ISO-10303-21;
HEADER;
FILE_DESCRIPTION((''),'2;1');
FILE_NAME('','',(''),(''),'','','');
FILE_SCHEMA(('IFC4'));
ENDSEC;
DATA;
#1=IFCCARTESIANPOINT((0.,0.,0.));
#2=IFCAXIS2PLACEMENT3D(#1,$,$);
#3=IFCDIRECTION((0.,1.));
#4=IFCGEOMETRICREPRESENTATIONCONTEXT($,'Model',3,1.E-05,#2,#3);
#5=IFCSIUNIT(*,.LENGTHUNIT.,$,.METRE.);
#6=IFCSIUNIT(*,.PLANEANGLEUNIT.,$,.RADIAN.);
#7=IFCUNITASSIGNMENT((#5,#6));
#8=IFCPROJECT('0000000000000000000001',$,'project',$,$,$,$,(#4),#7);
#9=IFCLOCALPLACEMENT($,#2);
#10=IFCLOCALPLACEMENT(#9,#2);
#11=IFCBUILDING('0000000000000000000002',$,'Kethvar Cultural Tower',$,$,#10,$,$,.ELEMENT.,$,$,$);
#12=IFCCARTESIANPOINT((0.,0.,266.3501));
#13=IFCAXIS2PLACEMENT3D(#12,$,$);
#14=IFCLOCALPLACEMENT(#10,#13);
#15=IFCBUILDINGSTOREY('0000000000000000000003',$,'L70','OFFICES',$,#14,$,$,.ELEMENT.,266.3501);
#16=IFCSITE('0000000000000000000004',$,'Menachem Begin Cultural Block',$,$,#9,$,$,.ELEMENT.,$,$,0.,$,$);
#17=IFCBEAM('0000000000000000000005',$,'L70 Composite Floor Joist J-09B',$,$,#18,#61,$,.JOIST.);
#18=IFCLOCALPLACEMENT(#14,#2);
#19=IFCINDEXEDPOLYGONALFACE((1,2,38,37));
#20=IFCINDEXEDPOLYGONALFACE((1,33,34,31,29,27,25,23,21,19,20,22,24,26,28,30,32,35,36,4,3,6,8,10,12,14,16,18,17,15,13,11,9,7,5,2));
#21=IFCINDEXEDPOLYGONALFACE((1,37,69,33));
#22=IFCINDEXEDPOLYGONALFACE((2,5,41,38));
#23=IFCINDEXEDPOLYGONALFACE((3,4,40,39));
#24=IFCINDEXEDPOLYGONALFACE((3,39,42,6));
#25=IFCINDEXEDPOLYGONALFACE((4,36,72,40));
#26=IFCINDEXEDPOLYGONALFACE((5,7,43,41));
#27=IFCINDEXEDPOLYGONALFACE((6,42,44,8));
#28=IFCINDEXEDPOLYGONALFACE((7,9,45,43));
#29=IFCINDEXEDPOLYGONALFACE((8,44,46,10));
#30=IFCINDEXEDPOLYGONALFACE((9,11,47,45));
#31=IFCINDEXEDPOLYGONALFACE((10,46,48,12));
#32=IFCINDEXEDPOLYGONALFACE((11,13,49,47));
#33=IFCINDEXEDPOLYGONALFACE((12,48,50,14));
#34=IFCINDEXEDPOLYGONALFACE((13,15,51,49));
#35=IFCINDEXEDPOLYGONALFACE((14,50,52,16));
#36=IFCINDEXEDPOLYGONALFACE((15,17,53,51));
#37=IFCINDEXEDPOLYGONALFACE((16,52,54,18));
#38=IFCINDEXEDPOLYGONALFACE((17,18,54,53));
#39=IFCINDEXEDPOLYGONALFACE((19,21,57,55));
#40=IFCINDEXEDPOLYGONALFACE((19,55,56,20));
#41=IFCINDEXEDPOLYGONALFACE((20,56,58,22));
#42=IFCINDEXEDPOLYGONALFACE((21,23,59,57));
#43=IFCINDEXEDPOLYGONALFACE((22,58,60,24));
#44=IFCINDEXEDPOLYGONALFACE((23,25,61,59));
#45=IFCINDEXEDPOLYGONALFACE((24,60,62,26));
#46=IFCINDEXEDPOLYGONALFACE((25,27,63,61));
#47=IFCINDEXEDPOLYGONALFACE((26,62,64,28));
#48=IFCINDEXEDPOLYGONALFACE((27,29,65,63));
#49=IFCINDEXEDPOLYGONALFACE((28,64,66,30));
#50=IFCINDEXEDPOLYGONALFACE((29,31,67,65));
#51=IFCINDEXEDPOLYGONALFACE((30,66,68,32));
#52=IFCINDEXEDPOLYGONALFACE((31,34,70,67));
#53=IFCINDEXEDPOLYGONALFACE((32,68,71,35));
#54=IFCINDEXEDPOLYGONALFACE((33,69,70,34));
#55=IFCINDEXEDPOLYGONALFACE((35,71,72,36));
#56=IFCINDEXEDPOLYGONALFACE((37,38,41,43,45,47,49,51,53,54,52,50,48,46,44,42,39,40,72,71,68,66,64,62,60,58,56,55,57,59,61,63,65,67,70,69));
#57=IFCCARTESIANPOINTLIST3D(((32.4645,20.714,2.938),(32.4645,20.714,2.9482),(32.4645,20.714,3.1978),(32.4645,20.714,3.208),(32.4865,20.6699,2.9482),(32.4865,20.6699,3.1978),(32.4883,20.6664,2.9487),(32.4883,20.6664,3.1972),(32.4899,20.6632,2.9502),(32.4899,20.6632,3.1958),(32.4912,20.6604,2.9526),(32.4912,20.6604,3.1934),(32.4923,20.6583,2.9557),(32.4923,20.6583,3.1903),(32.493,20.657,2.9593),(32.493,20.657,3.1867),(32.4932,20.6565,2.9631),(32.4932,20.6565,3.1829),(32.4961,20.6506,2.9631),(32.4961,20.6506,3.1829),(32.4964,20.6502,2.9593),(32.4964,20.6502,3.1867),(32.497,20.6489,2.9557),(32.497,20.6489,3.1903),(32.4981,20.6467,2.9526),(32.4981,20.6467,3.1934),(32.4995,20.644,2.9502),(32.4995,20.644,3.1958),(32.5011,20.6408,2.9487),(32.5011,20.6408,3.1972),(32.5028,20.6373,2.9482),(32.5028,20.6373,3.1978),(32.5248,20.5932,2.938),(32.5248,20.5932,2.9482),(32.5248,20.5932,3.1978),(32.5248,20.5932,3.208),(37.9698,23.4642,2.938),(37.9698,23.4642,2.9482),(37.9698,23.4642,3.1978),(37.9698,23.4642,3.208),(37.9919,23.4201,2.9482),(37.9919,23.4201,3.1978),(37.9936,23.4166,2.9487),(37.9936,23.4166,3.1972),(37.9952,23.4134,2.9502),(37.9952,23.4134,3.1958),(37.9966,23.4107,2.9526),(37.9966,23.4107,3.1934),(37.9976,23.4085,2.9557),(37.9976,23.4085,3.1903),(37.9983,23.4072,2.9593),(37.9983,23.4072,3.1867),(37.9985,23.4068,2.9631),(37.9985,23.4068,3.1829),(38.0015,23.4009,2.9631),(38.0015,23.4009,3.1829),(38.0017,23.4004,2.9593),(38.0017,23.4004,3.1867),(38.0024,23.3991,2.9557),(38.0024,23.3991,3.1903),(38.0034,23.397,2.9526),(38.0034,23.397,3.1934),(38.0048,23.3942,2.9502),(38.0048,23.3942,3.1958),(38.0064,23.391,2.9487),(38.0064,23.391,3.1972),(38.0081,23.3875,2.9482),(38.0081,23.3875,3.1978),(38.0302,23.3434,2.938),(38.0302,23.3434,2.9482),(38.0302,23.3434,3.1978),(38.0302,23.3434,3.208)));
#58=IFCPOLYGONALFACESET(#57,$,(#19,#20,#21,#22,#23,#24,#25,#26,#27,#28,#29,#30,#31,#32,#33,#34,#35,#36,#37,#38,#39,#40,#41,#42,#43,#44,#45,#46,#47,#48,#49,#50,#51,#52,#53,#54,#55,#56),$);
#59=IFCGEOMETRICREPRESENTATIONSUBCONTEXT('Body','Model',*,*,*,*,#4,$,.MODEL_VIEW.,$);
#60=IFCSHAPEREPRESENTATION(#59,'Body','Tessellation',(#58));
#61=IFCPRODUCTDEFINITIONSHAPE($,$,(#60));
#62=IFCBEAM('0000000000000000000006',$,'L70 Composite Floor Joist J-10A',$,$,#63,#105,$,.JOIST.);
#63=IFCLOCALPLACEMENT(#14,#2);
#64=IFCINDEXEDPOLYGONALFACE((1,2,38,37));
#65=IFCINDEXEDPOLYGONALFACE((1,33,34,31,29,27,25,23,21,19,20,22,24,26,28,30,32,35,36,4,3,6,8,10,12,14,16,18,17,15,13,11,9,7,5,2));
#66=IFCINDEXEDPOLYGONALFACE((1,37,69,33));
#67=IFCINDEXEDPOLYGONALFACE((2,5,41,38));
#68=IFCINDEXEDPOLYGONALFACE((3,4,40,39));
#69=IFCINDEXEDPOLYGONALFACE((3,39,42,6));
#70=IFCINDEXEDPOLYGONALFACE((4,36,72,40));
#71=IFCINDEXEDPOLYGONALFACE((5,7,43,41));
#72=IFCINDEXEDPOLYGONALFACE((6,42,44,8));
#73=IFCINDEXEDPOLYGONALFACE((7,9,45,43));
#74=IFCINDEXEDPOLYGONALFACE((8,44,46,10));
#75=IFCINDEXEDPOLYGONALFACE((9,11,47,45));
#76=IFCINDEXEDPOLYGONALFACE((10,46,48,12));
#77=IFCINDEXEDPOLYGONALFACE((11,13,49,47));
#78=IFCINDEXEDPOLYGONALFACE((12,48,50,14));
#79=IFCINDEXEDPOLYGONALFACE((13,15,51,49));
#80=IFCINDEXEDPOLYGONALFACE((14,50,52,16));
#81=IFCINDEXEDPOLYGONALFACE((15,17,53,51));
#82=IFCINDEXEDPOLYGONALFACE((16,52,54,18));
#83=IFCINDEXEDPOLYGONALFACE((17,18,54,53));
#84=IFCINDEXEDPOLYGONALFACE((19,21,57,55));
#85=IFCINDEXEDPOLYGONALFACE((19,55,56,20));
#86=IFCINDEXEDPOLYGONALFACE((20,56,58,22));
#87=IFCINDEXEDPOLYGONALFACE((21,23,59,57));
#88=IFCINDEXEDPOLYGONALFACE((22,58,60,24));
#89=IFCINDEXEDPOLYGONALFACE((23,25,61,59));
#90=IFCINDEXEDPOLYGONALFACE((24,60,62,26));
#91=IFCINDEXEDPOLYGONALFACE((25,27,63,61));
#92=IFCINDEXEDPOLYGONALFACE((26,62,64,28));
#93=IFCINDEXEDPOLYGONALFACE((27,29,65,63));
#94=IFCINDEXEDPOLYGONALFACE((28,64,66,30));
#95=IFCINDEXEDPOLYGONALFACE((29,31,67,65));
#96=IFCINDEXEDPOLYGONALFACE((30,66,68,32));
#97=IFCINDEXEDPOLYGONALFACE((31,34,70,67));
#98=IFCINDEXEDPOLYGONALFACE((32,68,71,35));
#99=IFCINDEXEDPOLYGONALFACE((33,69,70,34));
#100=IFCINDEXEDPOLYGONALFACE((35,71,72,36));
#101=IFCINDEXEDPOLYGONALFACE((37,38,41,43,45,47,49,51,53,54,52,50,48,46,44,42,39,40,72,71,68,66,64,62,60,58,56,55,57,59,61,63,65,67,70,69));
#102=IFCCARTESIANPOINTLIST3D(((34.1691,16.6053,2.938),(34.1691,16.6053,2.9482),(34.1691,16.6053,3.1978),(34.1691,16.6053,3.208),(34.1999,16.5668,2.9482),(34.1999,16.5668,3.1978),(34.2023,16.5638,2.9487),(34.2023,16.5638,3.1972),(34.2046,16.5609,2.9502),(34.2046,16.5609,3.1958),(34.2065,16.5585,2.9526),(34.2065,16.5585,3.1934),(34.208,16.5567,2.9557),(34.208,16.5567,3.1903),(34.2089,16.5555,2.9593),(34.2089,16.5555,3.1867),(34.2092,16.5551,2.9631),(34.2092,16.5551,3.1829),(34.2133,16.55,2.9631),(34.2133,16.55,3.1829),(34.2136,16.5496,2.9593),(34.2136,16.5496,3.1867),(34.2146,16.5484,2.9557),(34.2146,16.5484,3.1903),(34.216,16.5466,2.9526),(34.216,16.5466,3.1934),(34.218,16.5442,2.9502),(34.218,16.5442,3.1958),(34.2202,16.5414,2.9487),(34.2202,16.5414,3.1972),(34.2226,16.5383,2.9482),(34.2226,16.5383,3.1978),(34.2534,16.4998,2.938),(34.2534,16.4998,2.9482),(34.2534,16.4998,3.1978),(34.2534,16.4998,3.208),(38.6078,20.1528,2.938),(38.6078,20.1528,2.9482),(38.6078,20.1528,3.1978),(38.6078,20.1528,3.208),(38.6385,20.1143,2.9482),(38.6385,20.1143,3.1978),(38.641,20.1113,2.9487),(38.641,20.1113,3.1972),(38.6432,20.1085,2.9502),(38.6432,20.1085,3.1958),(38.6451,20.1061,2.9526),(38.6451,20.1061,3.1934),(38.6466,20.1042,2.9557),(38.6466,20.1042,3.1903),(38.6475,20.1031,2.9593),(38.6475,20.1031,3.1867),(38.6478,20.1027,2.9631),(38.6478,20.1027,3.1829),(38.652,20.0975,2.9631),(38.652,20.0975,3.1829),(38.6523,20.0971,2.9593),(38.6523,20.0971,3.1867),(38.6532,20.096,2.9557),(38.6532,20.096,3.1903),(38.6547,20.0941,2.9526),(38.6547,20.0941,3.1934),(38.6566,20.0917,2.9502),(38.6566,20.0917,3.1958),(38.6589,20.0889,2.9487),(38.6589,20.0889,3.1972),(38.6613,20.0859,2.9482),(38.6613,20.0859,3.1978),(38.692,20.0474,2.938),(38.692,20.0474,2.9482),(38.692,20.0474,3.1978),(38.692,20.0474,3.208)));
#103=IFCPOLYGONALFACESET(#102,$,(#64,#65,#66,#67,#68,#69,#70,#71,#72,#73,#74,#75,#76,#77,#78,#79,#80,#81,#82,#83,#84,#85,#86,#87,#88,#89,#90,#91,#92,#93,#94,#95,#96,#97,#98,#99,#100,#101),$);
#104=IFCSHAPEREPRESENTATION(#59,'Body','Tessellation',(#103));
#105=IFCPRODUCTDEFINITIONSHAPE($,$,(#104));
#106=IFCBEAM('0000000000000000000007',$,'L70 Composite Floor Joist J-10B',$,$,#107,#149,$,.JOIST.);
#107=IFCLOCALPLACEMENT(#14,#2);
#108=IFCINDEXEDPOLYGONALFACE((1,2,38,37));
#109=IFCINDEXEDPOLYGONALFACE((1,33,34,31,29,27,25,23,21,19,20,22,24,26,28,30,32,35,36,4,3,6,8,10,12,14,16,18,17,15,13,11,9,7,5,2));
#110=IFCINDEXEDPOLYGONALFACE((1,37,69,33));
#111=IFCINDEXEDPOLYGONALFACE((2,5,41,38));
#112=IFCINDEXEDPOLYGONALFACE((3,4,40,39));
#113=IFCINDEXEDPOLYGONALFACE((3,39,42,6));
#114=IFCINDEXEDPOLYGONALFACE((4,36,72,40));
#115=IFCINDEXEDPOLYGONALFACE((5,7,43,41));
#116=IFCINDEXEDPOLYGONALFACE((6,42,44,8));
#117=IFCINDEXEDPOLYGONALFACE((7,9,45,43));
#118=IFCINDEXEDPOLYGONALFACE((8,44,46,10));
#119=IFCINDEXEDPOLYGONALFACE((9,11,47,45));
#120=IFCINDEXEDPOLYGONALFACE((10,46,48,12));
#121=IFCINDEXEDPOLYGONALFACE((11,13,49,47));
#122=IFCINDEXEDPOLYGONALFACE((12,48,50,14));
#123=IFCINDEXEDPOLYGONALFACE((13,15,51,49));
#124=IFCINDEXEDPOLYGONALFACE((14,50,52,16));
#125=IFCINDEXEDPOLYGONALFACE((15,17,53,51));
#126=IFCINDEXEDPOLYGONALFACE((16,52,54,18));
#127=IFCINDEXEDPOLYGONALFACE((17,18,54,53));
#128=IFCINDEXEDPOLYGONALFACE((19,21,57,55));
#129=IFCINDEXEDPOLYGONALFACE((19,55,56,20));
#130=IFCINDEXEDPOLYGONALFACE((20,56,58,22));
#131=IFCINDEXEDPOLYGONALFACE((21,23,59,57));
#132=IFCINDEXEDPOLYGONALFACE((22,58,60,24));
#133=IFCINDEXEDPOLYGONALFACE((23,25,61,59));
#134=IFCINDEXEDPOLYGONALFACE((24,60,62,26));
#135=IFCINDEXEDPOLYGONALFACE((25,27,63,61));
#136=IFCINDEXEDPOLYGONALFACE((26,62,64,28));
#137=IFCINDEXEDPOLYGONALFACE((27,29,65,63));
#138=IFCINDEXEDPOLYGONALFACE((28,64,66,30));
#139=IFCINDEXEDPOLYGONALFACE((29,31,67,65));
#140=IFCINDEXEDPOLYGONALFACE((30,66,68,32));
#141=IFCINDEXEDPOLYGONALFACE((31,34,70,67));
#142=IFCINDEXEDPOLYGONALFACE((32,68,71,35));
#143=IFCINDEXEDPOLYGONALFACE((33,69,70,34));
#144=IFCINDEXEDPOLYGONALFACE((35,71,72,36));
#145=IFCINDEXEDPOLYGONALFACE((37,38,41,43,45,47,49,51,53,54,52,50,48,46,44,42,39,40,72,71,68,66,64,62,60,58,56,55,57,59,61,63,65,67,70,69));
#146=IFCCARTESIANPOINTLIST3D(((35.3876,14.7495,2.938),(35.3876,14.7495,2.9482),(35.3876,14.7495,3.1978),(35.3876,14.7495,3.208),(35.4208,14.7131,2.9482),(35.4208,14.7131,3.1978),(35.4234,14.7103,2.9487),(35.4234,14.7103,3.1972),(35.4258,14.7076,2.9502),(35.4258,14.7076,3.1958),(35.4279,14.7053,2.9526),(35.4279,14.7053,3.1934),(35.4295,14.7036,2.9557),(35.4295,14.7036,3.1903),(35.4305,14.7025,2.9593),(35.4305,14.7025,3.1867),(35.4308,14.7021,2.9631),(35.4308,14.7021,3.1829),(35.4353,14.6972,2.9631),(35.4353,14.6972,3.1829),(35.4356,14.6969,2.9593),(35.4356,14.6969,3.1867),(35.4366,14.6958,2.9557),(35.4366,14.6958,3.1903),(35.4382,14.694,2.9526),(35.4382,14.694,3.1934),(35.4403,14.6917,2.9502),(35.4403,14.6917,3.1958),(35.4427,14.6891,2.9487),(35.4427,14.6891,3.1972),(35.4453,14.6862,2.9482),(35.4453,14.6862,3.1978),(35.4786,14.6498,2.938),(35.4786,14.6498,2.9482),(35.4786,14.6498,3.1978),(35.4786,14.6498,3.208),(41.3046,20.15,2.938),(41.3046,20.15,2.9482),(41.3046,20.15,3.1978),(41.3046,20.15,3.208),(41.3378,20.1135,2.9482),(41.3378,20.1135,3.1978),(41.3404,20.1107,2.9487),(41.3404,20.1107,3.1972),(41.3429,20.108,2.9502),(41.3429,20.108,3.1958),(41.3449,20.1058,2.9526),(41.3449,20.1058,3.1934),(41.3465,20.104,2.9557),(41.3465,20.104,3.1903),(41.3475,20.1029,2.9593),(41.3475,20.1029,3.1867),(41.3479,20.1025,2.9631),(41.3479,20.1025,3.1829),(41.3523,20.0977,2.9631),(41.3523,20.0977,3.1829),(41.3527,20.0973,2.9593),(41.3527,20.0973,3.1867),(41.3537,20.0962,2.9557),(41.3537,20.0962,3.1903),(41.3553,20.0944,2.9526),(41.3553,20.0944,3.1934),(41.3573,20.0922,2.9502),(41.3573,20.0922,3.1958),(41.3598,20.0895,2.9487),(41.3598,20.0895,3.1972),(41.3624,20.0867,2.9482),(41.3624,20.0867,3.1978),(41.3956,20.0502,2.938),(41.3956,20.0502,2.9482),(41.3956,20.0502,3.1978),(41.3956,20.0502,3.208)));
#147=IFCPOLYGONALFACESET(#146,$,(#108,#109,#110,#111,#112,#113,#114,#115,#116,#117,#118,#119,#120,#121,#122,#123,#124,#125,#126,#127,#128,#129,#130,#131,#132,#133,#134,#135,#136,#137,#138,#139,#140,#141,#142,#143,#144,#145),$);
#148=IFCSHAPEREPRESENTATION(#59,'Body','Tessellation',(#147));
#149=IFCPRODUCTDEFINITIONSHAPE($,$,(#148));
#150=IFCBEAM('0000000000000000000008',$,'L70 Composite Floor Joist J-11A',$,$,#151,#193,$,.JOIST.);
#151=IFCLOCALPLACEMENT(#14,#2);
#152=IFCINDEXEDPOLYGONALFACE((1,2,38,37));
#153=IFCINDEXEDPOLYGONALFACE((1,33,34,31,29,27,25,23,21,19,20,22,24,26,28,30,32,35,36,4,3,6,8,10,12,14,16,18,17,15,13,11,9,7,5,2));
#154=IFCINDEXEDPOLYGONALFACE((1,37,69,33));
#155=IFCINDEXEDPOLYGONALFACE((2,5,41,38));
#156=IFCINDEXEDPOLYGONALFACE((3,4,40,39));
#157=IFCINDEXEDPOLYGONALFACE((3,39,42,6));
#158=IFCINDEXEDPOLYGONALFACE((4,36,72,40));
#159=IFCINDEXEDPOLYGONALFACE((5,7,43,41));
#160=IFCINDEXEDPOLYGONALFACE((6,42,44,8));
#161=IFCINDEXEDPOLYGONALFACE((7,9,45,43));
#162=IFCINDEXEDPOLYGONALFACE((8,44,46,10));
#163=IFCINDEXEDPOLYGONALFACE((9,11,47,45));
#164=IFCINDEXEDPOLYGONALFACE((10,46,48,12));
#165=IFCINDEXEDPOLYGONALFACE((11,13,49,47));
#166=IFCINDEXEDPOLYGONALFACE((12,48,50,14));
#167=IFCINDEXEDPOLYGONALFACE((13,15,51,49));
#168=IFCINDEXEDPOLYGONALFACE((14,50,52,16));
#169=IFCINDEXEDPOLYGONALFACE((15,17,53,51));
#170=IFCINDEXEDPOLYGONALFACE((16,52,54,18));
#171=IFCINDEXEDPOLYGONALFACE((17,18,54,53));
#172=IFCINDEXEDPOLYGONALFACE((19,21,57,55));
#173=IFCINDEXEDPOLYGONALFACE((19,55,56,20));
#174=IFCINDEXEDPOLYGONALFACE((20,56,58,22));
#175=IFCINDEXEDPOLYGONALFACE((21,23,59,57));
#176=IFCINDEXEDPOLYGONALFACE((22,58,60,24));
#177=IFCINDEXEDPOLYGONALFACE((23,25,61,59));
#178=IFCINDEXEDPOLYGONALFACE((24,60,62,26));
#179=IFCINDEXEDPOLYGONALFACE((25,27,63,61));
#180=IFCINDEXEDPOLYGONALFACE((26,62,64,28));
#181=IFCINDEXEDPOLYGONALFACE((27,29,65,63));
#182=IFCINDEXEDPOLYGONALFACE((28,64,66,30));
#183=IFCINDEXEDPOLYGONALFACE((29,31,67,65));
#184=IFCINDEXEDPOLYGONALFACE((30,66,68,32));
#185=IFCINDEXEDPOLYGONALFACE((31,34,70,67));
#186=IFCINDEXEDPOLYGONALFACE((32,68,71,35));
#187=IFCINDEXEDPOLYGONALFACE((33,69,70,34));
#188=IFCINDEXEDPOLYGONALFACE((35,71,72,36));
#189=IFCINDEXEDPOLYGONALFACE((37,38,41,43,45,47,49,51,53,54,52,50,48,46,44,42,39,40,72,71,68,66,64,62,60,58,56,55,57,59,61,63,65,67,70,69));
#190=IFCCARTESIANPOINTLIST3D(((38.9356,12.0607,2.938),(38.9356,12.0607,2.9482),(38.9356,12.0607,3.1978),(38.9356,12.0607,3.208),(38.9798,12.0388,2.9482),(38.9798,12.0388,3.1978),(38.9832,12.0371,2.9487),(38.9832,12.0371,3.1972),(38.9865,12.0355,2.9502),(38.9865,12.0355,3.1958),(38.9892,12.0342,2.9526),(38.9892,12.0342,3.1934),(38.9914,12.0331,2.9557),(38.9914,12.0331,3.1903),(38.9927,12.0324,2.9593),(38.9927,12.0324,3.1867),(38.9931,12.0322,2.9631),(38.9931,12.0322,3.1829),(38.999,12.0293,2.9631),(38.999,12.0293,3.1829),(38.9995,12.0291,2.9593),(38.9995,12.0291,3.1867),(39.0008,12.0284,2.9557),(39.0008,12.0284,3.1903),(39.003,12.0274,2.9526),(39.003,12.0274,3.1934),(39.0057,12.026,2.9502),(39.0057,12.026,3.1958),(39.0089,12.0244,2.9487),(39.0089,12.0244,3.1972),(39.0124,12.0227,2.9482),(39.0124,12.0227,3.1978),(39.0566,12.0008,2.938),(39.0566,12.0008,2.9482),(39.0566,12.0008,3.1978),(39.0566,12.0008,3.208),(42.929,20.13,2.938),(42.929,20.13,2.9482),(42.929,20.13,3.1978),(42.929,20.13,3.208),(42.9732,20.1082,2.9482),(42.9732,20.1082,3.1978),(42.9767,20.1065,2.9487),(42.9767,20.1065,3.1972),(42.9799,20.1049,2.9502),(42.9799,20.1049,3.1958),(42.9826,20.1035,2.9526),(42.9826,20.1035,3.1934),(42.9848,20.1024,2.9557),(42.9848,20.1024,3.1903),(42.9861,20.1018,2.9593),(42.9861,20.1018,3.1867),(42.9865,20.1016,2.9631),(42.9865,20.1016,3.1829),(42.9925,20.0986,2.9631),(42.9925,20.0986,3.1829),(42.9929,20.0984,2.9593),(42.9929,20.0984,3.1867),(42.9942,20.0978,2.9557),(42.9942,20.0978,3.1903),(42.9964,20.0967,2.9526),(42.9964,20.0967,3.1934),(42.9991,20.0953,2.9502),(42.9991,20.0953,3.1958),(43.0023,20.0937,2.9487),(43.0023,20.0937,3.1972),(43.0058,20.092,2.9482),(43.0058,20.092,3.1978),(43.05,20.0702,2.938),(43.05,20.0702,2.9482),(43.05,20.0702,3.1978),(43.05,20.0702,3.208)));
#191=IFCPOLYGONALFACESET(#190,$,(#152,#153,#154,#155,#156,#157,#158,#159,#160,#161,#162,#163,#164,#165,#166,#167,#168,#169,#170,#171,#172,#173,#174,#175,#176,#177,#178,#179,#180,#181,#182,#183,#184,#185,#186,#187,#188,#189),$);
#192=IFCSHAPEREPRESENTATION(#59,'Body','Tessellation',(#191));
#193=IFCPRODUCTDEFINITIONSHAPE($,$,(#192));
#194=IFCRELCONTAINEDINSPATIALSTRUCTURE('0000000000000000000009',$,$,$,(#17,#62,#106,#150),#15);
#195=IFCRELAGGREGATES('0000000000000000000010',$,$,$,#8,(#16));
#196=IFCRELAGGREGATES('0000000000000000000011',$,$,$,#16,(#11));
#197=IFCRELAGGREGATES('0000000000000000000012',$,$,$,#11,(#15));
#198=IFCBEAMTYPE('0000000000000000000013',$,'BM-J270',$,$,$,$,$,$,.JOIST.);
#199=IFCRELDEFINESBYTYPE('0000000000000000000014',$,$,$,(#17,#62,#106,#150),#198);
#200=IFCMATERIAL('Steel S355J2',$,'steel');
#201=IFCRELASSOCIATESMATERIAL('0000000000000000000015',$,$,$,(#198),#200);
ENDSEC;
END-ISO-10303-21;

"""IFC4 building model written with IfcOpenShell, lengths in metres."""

from ifc_helpers import new_model, si_unit, direction, frame, origin, origin_2d, place, context, subcontext, project, spatial, i_section, extrude, source, transform, mapped, material, material_profile, profile_set, type_object, element, save


model = new_model("IFC4")

# Units and contexts
model_context = context("Model", 3, precision=1e-05, world=origin(), true_north=direction((0.0, 1.0)))
body_context = subcontext(model_context, "Body", "Model", "MODEL_VIEW")
ifc_project = project(units=[si_unit("LENGTHUNIT", "METRE"), si_unit("PLANEANGLEUNIT", "RADIAN")], contexts=[model_context])

# Site, building, storey
site_placement = place(None, origin())
site = spatial("IfcSite", under=ifc_project, at=site_placement, Name="Menachem Begin Cultural Block", CompositionType="ELEMENT", RefElevation=0.0)
building_placement = place(site_placement, origin())
building = spatial("IfcBuilding", under=site, at=building_placement, Name="Kethvar Cultural Tower", CompositionType="ELEMENT")
storey_placement = place(building_placement, frame((0.0, 0.0, 266.3501)))
storey = spatial("IfcBuildingStorey", under=building, at=storey_placement, Name="L70", Description="OFFICES", CompositionType="ELEMENT", Elevation=266.3501)

# Beams
ifc_material_1 = material(Name="Steel S355J2", Category="steel")
ifc_material_profile_1 = material_profile(ifc_material_1, i_section(OverallWidth=0.135, OverallDepth=0.27, WebThickness=0.0066, FlangeThickness=0.0103, FilletRadius=0.0149, at=origin_2d()), Name="Steel S355J2 — IPE270")
ifc_profile_set_1 = profile_set([ifc_material_profile_1], Name="Steel S355J2 — IPE270")
beam_type_1 = type_object("IfcBeamType", Name="BM-J270", PredefinedType="JOIST", material=ifc_profile_set_1)
shared_shape_1 = source(origin(), body_context, "Body", "SweptSolid", [
    extrude(i_section(OverallWidth=0.135, OverallDepth=0.27, WebThickness=0.0066, FlangeThickness=0.0103, FilletRadius=0.0149, at=origin_2d()), origin(), (0.0, 0.0, 1.0), 6.1541),
])
beam_1_placement = place(storey_placement, frame((38.0, 23.4038, 3.073), z_axis=(-0.894586, -0.446896, 0.0), x_axis=(0.446896, -0.894586, 0.0)))
element("IfcBeam", 1, at=beam_1_placement, inside=storey, type_object=beam_type_1, Name="L70 Composite Floor Joist J-09B", PredefinedType="JOIST", context=body_context, shape_type="MappedRepresentation", body=[
    mapped(shared_shape_1, transform((0.0, 0.0, 0.0), scale=1.0)),
])
shared_shape_2 = source(origin(), body_context, "Body", "SweptSolid", [
    extrude(i_section(OverallWidth=0.135, OverallDepth=0.27, WebThickness=0.0066, FlangeThickness=0.0103, FilletRadius=0.0149, at=origin_2d()), origin(), (0.0, 0.0, 1.0), 5.6821),
])
beam_2_placement = place(storey_placement, frame((38.6499, 20.1001, 3.073), z_axis=(-0.781158, -0.624333, 0.0), x_axis=(0.624333, -0.781158, 0.0)))
element("IfcBeam", 2, at=beam_2_placement, inside=storey, type_object=beam_type_1, Name="L70 Composite Floor Joist J-10A", PredefinedType="JOIST", context=body_context, shape_type="MappedRepresentation", body=[
    mapped(shared_shape_2, transform((0.0, 0.0, 0.0), scale=1.0)),
])
shared_shape_3 = source(origin(), body_context, "Body", "SweptSolid", [
    extrude(i_section(OverallWidth=0.135, OverallDepth=0.27, WebThickness=0.0066, FlangeThickness=0.0103, FilletRadius=0.0149, at=origin_2d()), origin(), (0.0, 0.0, 1.0), 8.011),
])
beam_3_placement = place(storey_placement, frame((41.3501, 20.1001, 3.073), z_axis=(-0.738615, -0.674128, 0.0), x_axis=(0.674128, -0.738615, 0.0)))
element("IfcBeam", 3, at=beam_3_placement, inside=storey, type_object=beam_type_1, Name="L70 Composite Floor Joist J-10B", PredefinedType="JOIST", context=body_context, shape_type="MappedRepresentation", body=[
    mapped(shared_shape_3, transform((0.0, 0.0, 0.0), scale=1.0)),
])
shared_shape_4 = source(origin(), body_context, "Body", "SweptSolid", [
    extrude(i_section(OverallWidth=0.135, OverallDepth=0.27, WebThickness=0.0066, FlangeThickness=0.0103, FilletRadius=0.0149, at=origin_2d()), origin(), (0.0, 0.0, 1.0), 9.0034),
])
beam_4_placement = place(storey_placement, frame((42.9895, 20.1001, 3.073), z_axis=(-0.443544, -0.896253, 0.0), x_axis=(0.896253, -0.443544, 0.0)))
element("IfcBeam", 4, at=beam_4_placement, inside=storey, type_object=beam_type_1, Name="L70 Composite Floor Joist J-11A", PredefinedType="JOIST", context=body_context, shape_type="MappedRepresentation", body=[
    mapped(shared_shape_4, transform((0.0, 0.0, 0.0), scale=1.0)),
])

save(model, "model.ifc")
